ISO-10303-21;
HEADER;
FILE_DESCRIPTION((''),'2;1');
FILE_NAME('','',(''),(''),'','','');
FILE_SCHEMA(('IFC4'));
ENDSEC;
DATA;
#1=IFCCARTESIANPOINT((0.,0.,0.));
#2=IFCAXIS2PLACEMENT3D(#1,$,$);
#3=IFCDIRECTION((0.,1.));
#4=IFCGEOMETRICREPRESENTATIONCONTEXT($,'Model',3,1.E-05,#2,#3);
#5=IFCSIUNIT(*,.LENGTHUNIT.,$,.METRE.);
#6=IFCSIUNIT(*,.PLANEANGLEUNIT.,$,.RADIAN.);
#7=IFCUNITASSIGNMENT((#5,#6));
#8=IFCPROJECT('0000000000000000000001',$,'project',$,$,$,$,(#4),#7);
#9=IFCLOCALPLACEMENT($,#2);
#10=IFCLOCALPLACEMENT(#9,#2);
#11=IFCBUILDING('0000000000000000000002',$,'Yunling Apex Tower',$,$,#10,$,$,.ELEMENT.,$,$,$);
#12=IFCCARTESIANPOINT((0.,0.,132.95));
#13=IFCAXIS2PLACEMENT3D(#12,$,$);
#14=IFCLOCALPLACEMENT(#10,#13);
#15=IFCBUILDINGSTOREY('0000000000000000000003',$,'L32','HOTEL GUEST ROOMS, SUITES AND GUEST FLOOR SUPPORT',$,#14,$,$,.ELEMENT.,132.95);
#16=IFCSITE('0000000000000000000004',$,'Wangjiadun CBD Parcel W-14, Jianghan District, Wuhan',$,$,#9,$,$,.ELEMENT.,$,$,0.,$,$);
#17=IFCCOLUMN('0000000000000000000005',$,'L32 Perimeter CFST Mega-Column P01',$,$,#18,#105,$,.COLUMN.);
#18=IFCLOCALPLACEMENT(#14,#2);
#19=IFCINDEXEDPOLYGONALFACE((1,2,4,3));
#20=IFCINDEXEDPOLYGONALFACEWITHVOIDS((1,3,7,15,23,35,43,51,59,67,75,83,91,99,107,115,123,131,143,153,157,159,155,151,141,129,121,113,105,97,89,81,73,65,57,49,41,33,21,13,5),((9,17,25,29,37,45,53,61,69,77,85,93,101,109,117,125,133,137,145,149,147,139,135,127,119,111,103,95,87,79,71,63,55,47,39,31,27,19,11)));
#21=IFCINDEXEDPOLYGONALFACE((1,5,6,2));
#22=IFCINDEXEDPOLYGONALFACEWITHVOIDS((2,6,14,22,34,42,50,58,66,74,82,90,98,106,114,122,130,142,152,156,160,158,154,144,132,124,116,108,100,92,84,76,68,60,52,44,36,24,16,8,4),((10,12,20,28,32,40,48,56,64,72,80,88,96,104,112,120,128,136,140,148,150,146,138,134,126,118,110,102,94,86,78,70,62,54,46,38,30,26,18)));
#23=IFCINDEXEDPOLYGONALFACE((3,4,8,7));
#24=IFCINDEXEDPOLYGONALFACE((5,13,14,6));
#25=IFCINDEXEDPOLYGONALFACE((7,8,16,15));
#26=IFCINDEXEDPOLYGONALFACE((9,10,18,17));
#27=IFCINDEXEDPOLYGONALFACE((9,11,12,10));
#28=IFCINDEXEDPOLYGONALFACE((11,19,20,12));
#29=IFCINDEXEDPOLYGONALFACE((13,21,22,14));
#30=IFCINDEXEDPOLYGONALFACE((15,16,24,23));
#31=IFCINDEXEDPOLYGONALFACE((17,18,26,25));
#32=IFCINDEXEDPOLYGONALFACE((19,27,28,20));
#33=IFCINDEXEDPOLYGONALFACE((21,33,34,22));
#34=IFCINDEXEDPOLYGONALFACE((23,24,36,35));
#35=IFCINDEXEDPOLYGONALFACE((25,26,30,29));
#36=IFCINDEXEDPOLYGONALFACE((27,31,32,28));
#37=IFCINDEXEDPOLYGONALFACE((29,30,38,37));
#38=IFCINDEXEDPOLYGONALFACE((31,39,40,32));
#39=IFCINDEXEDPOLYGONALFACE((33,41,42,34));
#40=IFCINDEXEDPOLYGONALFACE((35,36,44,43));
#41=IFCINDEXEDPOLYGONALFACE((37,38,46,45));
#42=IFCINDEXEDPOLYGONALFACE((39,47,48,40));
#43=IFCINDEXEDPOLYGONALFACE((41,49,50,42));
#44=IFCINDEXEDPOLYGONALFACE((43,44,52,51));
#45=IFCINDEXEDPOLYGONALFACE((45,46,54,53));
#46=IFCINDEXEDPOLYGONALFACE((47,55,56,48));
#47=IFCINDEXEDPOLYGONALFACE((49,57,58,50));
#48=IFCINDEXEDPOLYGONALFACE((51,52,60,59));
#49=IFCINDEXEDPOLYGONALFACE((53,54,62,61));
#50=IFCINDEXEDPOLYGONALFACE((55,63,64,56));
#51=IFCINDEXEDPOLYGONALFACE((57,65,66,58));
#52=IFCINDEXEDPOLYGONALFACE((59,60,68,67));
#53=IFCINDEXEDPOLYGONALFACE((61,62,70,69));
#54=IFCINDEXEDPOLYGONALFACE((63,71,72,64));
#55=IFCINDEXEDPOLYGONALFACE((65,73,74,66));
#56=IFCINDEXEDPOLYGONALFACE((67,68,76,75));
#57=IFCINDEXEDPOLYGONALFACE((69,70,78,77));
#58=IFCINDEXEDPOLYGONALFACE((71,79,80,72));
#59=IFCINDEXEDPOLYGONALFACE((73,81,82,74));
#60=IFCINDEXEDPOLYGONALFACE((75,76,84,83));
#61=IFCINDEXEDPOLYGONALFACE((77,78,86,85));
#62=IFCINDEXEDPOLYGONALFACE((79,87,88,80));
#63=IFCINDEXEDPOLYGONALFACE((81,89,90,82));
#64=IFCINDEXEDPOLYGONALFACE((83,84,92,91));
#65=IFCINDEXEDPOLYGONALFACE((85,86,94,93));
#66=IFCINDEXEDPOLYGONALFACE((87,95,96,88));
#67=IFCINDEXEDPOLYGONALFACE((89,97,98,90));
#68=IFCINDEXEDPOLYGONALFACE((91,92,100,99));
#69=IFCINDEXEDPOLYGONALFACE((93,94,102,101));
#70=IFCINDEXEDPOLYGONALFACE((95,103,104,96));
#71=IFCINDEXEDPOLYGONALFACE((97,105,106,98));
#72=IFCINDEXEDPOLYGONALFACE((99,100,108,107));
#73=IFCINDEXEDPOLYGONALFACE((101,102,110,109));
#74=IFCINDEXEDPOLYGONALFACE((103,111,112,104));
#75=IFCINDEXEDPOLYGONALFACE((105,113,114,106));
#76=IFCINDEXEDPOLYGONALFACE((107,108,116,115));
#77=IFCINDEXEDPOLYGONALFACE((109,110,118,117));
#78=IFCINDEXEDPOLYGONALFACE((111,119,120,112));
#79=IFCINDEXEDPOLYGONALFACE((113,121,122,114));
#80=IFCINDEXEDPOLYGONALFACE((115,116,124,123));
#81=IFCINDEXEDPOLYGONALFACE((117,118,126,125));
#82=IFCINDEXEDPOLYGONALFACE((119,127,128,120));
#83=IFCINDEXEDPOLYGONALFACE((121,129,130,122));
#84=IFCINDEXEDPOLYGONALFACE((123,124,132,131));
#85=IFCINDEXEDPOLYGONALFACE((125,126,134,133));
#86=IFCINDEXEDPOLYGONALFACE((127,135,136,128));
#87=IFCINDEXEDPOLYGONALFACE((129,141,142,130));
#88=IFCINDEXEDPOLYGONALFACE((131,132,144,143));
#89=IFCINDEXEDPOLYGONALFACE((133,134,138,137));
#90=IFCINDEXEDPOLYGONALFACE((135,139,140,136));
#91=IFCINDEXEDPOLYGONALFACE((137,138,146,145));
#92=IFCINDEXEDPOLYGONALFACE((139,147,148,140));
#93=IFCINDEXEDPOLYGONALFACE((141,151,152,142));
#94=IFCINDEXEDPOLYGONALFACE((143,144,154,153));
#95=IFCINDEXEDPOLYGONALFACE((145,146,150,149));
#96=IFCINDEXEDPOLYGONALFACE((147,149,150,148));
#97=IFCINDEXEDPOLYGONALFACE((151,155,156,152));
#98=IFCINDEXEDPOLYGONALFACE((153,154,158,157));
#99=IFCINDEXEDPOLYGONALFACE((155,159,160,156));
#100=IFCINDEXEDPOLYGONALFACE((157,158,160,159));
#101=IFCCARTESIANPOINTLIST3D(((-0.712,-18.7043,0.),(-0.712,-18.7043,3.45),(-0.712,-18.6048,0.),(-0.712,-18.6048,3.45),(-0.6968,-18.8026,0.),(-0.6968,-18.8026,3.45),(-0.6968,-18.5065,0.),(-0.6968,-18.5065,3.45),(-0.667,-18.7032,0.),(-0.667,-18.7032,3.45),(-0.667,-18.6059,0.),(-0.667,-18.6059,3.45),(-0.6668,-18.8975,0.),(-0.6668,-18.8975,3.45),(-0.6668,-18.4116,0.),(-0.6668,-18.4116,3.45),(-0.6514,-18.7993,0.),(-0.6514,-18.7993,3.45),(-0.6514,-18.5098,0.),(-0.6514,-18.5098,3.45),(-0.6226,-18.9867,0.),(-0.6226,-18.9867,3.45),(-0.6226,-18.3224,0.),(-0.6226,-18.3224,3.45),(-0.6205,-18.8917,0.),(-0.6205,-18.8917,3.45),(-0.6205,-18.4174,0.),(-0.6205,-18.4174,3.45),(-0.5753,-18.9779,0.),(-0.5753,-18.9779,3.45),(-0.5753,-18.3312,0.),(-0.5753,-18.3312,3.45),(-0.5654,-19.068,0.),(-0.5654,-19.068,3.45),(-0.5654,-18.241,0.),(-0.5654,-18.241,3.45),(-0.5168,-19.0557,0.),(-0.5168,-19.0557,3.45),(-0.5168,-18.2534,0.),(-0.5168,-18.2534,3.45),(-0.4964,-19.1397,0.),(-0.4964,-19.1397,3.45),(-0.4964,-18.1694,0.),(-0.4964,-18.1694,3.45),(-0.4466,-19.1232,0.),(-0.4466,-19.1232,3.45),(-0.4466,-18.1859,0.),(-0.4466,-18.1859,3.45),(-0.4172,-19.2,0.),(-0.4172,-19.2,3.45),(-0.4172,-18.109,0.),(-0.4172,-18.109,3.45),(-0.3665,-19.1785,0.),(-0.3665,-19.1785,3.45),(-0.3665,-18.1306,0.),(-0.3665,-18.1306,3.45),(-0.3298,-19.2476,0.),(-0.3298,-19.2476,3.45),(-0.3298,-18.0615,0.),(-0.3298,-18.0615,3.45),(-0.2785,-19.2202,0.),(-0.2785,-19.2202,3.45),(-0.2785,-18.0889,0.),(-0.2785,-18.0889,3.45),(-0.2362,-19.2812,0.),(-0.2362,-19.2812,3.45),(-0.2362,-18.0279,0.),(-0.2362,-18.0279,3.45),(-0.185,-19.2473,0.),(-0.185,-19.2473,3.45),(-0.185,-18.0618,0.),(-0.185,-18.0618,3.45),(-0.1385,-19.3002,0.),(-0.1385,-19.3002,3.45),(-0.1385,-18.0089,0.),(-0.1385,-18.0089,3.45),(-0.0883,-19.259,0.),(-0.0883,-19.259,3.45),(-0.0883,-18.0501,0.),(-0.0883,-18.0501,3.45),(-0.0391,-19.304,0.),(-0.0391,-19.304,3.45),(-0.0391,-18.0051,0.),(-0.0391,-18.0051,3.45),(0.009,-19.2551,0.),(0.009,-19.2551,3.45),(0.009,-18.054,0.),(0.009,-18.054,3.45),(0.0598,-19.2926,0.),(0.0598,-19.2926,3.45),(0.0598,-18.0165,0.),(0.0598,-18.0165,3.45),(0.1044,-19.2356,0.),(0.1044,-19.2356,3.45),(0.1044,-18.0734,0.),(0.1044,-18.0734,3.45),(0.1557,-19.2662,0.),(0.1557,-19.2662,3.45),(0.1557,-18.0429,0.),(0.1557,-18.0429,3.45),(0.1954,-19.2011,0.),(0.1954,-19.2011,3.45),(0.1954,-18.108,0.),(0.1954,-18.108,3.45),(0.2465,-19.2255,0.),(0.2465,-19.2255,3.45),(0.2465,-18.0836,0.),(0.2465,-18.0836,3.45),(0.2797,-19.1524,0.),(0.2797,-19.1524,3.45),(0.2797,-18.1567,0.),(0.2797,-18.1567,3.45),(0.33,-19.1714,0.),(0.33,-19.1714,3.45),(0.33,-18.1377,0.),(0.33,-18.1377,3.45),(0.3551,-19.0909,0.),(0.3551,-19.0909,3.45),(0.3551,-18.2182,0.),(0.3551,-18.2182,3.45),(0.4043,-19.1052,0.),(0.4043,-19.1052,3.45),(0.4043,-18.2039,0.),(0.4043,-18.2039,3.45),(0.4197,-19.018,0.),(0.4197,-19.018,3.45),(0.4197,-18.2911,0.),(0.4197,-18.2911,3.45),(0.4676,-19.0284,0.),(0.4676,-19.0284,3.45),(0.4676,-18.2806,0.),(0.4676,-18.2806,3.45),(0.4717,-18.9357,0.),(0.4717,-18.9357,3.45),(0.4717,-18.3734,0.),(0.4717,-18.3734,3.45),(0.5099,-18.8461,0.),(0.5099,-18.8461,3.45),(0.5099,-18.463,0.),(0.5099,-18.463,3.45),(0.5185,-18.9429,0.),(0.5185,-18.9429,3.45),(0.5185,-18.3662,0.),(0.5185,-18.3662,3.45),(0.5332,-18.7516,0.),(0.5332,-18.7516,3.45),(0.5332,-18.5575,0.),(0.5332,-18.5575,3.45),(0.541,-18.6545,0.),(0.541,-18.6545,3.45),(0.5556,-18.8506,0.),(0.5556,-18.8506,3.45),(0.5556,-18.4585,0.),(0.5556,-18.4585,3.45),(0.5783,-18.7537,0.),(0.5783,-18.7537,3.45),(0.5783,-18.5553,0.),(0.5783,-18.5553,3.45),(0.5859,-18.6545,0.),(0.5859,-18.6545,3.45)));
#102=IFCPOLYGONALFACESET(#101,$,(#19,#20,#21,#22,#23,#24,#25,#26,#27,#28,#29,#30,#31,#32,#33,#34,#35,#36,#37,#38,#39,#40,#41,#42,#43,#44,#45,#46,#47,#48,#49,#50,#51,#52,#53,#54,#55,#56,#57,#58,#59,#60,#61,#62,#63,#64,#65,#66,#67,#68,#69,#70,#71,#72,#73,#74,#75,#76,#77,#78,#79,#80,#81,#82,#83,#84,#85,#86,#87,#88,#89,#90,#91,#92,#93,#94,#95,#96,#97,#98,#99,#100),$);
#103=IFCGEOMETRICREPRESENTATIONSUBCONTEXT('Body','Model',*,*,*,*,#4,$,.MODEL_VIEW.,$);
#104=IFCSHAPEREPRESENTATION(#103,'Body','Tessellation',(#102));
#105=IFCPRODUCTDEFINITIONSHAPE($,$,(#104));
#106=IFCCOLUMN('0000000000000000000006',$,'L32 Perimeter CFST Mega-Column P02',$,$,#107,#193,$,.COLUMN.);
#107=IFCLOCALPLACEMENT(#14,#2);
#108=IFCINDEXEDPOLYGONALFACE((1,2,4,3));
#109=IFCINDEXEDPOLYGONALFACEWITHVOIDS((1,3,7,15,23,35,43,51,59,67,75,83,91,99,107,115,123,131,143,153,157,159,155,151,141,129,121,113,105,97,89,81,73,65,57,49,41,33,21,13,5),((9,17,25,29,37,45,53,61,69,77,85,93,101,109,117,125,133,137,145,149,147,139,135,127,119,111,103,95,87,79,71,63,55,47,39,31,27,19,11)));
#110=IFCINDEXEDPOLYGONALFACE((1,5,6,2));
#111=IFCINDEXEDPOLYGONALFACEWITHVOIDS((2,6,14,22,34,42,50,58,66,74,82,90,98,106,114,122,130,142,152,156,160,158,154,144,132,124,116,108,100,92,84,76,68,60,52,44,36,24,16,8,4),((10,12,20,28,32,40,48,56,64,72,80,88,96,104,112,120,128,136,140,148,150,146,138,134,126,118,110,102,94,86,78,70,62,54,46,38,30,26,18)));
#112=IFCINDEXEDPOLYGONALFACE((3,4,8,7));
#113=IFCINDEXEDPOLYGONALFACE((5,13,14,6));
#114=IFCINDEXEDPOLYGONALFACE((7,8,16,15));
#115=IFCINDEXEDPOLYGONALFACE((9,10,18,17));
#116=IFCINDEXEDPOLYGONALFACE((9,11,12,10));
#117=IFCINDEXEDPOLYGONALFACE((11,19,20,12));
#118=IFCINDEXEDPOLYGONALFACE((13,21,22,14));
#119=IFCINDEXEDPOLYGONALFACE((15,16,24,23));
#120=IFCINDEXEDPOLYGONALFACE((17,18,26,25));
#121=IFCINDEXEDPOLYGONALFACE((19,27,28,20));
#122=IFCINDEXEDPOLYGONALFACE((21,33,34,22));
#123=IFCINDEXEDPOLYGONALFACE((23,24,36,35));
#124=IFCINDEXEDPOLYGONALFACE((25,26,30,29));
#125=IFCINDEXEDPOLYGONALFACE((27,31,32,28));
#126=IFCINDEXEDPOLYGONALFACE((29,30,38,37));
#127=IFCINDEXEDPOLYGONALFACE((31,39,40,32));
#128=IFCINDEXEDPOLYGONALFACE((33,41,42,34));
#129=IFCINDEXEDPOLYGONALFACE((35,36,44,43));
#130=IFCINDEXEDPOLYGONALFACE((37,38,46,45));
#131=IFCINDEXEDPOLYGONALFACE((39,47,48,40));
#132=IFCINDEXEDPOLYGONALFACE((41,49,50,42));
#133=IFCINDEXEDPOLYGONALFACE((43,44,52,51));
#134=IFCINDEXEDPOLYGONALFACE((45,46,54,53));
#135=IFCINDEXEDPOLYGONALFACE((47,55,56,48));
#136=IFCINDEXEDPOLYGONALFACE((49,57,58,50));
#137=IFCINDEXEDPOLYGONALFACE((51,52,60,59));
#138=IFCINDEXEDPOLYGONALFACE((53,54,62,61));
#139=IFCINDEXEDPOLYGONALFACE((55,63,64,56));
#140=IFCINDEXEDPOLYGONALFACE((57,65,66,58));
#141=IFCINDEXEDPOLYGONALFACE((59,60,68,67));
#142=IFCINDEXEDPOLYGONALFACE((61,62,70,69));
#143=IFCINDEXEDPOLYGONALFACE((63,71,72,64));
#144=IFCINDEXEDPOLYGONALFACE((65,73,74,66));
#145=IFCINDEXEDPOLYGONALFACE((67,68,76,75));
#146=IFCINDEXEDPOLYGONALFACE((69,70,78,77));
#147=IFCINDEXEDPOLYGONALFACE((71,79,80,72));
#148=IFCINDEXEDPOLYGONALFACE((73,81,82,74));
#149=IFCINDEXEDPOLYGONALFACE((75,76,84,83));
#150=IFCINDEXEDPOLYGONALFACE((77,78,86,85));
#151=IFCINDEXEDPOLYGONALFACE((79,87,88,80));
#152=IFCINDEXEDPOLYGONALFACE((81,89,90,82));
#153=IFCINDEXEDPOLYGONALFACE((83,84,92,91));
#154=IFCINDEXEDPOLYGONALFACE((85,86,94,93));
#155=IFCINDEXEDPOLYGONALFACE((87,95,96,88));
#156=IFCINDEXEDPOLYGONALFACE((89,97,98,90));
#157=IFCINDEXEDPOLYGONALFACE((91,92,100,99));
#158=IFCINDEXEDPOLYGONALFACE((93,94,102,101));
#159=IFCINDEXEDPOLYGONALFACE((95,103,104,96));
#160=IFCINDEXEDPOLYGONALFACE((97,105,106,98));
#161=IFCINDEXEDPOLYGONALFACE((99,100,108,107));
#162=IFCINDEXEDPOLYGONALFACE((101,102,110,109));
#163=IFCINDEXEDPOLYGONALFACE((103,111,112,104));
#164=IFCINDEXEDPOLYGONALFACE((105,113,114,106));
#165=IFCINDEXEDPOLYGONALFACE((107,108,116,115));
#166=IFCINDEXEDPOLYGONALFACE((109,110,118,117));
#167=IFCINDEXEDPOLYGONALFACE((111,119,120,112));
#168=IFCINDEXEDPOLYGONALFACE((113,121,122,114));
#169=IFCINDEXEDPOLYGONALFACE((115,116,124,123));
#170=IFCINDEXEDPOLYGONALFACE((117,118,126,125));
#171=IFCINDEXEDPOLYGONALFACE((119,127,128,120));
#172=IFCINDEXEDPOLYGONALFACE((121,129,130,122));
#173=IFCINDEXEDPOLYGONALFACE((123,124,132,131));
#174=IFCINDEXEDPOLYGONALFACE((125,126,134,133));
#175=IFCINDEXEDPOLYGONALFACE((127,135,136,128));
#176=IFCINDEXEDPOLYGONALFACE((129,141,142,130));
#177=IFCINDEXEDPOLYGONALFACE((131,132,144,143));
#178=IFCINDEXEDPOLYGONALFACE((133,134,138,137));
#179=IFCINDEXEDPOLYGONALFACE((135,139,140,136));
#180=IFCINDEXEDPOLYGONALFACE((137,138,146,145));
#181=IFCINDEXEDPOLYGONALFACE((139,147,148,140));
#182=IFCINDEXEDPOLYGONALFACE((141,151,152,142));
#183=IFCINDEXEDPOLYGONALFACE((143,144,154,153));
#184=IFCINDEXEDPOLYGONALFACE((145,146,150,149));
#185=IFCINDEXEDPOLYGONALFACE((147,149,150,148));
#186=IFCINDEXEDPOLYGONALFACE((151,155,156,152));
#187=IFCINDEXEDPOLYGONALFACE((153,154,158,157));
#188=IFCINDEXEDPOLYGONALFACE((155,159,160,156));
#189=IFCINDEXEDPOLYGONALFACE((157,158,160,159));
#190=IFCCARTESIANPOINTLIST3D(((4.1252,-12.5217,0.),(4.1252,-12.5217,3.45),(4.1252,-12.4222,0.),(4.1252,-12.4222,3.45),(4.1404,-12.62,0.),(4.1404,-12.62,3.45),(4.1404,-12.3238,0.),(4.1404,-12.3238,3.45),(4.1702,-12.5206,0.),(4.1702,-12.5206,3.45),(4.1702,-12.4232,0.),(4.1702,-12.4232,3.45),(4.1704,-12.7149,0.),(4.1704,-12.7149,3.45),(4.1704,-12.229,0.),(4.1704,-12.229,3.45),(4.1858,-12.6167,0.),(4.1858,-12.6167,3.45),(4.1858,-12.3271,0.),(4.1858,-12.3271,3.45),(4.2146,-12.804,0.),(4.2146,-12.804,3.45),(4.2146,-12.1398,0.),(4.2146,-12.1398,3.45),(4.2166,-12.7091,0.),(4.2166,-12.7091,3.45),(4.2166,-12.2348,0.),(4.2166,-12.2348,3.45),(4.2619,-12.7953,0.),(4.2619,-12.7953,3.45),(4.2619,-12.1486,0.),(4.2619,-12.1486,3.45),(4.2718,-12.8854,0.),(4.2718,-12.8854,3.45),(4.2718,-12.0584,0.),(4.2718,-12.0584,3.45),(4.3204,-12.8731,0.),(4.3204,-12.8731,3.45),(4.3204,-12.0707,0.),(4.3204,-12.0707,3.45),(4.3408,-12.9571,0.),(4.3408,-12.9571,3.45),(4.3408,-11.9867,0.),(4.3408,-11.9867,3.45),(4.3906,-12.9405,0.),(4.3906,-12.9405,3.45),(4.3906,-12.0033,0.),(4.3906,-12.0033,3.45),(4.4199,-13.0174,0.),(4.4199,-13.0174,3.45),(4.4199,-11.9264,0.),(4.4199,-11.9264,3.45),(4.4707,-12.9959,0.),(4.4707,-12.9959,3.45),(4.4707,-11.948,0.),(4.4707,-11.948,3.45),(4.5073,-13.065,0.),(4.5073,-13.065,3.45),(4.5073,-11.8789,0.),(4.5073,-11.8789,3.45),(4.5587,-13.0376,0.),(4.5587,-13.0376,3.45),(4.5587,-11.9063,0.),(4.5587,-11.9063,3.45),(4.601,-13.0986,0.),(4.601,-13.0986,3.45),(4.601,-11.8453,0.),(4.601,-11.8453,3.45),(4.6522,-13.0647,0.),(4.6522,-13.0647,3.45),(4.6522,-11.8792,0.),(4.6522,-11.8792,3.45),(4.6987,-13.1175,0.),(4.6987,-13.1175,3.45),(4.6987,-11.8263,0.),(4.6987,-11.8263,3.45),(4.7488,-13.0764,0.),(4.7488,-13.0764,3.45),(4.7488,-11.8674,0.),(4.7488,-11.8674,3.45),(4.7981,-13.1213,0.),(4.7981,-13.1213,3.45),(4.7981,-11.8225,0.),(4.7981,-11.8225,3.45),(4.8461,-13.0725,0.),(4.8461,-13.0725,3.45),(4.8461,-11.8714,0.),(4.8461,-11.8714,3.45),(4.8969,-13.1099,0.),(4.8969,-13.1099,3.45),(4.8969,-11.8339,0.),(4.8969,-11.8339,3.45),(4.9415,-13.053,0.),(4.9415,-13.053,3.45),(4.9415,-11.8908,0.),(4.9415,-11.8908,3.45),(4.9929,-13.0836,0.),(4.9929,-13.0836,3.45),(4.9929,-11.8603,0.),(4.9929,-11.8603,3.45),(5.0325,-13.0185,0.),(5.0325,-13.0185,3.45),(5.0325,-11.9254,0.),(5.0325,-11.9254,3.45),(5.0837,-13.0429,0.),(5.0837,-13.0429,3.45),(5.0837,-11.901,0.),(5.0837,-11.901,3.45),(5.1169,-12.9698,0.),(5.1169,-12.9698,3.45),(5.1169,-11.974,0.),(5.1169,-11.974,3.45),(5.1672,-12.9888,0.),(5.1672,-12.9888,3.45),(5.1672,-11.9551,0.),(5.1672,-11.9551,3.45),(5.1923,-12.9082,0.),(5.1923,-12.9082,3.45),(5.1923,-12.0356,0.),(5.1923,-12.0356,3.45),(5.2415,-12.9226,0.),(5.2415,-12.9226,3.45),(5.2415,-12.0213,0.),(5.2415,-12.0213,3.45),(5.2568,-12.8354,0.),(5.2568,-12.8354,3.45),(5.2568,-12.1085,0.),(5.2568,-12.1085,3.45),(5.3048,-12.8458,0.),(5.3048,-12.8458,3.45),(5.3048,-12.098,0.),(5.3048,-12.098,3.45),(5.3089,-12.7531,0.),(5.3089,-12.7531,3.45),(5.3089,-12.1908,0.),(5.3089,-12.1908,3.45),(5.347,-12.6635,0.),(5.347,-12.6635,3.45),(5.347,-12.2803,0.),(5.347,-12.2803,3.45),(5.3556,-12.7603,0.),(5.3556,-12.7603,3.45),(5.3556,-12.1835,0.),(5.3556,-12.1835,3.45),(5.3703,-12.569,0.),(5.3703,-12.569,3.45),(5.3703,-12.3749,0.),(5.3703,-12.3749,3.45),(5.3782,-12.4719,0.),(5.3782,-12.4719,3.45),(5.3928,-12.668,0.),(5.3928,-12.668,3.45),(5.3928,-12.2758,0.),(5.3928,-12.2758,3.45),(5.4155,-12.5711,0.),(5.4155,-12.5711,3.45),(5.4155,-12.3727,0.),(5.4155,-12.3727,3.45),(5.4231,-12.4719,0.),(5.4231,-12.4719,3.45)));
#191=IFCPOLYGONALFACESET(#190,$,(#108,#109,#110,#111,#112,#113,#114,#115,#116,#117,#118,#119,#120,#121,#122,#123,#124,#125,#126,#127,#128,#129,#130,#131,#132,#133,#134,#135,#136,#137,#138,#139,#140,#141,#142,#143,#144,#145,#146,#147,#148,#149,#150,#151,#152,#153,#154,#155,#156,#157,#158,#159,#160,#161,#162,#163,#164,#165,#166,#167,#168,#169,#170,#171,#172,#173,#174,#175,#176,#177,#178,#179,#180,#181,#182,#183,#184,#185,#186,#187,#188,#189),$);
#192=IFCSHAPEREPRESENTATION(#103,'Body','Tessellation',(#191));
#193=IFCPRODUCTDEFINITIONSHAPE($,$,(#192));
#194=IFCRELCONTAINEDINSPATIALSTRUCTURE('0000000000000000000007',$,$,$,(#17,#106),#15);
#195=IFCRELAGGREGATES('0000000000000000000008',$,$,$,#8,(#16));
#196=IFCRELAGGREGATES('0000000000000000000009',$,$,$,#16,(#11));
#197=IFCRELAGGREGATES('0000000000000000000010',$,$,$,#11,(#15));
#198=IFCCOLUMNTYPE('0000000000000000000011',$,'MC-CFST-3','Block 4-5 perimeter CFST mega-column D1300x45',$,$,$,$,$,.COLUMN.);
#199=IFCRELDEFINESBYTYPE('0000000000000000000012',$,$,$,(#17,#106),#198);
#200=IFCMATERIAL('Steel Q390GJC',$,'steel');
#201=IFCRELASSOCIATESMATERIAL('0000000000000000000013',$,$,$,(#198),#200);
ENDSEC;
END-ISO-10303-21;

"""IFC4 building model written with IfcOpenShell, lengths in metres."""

from ifc_helpers import new_model, si_unit, direction, frame, origin, origin_2d, place, context, subcontext, project, spatial, hollow_circle, extrude, source, transform, mapped, material, material_profile, profile_set, type_object, element, save


model = new_model("IFC4")

# Units and contexts
model_context = context("Model", 3, precision=1e-05, world=origin(), true_north=direction((0.0, 1.0)))
body_context = subcontext(model_context, "Body", "Model", "MODEL_VIEW")
ifc_project = project(units=[si_unit("LENGTHUNIT", "METRE"), si_unit("PLANEANGLEUNIT", "RADIAN")], contexts=[model_context])

# Site, building, storey
site_placement = place(None, origin())
site = spatial("IfcSite", under=ifc_project, at=site_placement, Name="Wangjiadun CBD Parcel W-14, Jianghan District, Wuhan", CompositionType="ELEMENT", RefElevation=0.0)
building_placement = place(site_placement, origin())
building = spatial("IfcBuilding", under=site, at=building_placement, Name="Yunling Apex Tower", CompositionType="ELEMENT")
storey_placement = place(building_placement, frame((0.0, 0.0, 132.95)))
storey = spatial("IfcBuildingStorey", under=building, at=storey_placement, Name="L32", Description="HOTEL GUEST ROOMS, SUITES AND GUEST FLOOR SUPPORT", CompositionType="ELEMENT", Elevation=132.95)

# Columns
ifc_material_1 = material(Name="Steel Q390GJC", Category="steel")
ifc_material_profile_1 = material_profile(ifc_material_1, hollow_circle(Radius=0.6499, WallThickness=0.0449, at=origin_2d()))
ifc_profile_set_1 = profile_set([ifc_material_profile_1], Name="Steel Q390GJC")
column_type = type_object("IfcColumnType", Name="MC-CFST-3", Description="Block 4-5 perimeter CFST mega-column D1300x45", PredefinedType="COLUMN", material=ifc_profile_set_1)
shared_shape_1 = source(origin(), body_context, "Body", "SweptSolid", [
    extrude(hollow_circle(Radius=0.6499, WallThickness=0.0449, at=origin_2d()), origin(), (0.0, 0.0, 1.0), 3.45),
])
for number, where, z_axis, x_axis, name in (
    (1, (-0.064, -18.6545, 0.0), (0.0, 0.0, 1.0), (1.0, 0.0, 0.0), "L32 Perimeter CFST Mega-Column P01"),
    (2, (4.7732, -12.4719, 0.0), (0.0, 0.0, 1.0), (1.0, 0.0, 0.0), "L32 Perimeter CFST Mega-Column P02"),
):
    element("IfcColumn", number, at=place(storey_placement, frame(where, z_axis=z_axis, x_axis=x_axis)), inside=storey, type_object=column_type, Name=name, PredefinedType="COLUMN", context=body_context, shape_type="MappedRepresentation", body=[
        mapped(shared_shape_1, transform((0.0, 0.0, 0.0), scale=1.0)),
    ])

save(model, "model.ifc")
